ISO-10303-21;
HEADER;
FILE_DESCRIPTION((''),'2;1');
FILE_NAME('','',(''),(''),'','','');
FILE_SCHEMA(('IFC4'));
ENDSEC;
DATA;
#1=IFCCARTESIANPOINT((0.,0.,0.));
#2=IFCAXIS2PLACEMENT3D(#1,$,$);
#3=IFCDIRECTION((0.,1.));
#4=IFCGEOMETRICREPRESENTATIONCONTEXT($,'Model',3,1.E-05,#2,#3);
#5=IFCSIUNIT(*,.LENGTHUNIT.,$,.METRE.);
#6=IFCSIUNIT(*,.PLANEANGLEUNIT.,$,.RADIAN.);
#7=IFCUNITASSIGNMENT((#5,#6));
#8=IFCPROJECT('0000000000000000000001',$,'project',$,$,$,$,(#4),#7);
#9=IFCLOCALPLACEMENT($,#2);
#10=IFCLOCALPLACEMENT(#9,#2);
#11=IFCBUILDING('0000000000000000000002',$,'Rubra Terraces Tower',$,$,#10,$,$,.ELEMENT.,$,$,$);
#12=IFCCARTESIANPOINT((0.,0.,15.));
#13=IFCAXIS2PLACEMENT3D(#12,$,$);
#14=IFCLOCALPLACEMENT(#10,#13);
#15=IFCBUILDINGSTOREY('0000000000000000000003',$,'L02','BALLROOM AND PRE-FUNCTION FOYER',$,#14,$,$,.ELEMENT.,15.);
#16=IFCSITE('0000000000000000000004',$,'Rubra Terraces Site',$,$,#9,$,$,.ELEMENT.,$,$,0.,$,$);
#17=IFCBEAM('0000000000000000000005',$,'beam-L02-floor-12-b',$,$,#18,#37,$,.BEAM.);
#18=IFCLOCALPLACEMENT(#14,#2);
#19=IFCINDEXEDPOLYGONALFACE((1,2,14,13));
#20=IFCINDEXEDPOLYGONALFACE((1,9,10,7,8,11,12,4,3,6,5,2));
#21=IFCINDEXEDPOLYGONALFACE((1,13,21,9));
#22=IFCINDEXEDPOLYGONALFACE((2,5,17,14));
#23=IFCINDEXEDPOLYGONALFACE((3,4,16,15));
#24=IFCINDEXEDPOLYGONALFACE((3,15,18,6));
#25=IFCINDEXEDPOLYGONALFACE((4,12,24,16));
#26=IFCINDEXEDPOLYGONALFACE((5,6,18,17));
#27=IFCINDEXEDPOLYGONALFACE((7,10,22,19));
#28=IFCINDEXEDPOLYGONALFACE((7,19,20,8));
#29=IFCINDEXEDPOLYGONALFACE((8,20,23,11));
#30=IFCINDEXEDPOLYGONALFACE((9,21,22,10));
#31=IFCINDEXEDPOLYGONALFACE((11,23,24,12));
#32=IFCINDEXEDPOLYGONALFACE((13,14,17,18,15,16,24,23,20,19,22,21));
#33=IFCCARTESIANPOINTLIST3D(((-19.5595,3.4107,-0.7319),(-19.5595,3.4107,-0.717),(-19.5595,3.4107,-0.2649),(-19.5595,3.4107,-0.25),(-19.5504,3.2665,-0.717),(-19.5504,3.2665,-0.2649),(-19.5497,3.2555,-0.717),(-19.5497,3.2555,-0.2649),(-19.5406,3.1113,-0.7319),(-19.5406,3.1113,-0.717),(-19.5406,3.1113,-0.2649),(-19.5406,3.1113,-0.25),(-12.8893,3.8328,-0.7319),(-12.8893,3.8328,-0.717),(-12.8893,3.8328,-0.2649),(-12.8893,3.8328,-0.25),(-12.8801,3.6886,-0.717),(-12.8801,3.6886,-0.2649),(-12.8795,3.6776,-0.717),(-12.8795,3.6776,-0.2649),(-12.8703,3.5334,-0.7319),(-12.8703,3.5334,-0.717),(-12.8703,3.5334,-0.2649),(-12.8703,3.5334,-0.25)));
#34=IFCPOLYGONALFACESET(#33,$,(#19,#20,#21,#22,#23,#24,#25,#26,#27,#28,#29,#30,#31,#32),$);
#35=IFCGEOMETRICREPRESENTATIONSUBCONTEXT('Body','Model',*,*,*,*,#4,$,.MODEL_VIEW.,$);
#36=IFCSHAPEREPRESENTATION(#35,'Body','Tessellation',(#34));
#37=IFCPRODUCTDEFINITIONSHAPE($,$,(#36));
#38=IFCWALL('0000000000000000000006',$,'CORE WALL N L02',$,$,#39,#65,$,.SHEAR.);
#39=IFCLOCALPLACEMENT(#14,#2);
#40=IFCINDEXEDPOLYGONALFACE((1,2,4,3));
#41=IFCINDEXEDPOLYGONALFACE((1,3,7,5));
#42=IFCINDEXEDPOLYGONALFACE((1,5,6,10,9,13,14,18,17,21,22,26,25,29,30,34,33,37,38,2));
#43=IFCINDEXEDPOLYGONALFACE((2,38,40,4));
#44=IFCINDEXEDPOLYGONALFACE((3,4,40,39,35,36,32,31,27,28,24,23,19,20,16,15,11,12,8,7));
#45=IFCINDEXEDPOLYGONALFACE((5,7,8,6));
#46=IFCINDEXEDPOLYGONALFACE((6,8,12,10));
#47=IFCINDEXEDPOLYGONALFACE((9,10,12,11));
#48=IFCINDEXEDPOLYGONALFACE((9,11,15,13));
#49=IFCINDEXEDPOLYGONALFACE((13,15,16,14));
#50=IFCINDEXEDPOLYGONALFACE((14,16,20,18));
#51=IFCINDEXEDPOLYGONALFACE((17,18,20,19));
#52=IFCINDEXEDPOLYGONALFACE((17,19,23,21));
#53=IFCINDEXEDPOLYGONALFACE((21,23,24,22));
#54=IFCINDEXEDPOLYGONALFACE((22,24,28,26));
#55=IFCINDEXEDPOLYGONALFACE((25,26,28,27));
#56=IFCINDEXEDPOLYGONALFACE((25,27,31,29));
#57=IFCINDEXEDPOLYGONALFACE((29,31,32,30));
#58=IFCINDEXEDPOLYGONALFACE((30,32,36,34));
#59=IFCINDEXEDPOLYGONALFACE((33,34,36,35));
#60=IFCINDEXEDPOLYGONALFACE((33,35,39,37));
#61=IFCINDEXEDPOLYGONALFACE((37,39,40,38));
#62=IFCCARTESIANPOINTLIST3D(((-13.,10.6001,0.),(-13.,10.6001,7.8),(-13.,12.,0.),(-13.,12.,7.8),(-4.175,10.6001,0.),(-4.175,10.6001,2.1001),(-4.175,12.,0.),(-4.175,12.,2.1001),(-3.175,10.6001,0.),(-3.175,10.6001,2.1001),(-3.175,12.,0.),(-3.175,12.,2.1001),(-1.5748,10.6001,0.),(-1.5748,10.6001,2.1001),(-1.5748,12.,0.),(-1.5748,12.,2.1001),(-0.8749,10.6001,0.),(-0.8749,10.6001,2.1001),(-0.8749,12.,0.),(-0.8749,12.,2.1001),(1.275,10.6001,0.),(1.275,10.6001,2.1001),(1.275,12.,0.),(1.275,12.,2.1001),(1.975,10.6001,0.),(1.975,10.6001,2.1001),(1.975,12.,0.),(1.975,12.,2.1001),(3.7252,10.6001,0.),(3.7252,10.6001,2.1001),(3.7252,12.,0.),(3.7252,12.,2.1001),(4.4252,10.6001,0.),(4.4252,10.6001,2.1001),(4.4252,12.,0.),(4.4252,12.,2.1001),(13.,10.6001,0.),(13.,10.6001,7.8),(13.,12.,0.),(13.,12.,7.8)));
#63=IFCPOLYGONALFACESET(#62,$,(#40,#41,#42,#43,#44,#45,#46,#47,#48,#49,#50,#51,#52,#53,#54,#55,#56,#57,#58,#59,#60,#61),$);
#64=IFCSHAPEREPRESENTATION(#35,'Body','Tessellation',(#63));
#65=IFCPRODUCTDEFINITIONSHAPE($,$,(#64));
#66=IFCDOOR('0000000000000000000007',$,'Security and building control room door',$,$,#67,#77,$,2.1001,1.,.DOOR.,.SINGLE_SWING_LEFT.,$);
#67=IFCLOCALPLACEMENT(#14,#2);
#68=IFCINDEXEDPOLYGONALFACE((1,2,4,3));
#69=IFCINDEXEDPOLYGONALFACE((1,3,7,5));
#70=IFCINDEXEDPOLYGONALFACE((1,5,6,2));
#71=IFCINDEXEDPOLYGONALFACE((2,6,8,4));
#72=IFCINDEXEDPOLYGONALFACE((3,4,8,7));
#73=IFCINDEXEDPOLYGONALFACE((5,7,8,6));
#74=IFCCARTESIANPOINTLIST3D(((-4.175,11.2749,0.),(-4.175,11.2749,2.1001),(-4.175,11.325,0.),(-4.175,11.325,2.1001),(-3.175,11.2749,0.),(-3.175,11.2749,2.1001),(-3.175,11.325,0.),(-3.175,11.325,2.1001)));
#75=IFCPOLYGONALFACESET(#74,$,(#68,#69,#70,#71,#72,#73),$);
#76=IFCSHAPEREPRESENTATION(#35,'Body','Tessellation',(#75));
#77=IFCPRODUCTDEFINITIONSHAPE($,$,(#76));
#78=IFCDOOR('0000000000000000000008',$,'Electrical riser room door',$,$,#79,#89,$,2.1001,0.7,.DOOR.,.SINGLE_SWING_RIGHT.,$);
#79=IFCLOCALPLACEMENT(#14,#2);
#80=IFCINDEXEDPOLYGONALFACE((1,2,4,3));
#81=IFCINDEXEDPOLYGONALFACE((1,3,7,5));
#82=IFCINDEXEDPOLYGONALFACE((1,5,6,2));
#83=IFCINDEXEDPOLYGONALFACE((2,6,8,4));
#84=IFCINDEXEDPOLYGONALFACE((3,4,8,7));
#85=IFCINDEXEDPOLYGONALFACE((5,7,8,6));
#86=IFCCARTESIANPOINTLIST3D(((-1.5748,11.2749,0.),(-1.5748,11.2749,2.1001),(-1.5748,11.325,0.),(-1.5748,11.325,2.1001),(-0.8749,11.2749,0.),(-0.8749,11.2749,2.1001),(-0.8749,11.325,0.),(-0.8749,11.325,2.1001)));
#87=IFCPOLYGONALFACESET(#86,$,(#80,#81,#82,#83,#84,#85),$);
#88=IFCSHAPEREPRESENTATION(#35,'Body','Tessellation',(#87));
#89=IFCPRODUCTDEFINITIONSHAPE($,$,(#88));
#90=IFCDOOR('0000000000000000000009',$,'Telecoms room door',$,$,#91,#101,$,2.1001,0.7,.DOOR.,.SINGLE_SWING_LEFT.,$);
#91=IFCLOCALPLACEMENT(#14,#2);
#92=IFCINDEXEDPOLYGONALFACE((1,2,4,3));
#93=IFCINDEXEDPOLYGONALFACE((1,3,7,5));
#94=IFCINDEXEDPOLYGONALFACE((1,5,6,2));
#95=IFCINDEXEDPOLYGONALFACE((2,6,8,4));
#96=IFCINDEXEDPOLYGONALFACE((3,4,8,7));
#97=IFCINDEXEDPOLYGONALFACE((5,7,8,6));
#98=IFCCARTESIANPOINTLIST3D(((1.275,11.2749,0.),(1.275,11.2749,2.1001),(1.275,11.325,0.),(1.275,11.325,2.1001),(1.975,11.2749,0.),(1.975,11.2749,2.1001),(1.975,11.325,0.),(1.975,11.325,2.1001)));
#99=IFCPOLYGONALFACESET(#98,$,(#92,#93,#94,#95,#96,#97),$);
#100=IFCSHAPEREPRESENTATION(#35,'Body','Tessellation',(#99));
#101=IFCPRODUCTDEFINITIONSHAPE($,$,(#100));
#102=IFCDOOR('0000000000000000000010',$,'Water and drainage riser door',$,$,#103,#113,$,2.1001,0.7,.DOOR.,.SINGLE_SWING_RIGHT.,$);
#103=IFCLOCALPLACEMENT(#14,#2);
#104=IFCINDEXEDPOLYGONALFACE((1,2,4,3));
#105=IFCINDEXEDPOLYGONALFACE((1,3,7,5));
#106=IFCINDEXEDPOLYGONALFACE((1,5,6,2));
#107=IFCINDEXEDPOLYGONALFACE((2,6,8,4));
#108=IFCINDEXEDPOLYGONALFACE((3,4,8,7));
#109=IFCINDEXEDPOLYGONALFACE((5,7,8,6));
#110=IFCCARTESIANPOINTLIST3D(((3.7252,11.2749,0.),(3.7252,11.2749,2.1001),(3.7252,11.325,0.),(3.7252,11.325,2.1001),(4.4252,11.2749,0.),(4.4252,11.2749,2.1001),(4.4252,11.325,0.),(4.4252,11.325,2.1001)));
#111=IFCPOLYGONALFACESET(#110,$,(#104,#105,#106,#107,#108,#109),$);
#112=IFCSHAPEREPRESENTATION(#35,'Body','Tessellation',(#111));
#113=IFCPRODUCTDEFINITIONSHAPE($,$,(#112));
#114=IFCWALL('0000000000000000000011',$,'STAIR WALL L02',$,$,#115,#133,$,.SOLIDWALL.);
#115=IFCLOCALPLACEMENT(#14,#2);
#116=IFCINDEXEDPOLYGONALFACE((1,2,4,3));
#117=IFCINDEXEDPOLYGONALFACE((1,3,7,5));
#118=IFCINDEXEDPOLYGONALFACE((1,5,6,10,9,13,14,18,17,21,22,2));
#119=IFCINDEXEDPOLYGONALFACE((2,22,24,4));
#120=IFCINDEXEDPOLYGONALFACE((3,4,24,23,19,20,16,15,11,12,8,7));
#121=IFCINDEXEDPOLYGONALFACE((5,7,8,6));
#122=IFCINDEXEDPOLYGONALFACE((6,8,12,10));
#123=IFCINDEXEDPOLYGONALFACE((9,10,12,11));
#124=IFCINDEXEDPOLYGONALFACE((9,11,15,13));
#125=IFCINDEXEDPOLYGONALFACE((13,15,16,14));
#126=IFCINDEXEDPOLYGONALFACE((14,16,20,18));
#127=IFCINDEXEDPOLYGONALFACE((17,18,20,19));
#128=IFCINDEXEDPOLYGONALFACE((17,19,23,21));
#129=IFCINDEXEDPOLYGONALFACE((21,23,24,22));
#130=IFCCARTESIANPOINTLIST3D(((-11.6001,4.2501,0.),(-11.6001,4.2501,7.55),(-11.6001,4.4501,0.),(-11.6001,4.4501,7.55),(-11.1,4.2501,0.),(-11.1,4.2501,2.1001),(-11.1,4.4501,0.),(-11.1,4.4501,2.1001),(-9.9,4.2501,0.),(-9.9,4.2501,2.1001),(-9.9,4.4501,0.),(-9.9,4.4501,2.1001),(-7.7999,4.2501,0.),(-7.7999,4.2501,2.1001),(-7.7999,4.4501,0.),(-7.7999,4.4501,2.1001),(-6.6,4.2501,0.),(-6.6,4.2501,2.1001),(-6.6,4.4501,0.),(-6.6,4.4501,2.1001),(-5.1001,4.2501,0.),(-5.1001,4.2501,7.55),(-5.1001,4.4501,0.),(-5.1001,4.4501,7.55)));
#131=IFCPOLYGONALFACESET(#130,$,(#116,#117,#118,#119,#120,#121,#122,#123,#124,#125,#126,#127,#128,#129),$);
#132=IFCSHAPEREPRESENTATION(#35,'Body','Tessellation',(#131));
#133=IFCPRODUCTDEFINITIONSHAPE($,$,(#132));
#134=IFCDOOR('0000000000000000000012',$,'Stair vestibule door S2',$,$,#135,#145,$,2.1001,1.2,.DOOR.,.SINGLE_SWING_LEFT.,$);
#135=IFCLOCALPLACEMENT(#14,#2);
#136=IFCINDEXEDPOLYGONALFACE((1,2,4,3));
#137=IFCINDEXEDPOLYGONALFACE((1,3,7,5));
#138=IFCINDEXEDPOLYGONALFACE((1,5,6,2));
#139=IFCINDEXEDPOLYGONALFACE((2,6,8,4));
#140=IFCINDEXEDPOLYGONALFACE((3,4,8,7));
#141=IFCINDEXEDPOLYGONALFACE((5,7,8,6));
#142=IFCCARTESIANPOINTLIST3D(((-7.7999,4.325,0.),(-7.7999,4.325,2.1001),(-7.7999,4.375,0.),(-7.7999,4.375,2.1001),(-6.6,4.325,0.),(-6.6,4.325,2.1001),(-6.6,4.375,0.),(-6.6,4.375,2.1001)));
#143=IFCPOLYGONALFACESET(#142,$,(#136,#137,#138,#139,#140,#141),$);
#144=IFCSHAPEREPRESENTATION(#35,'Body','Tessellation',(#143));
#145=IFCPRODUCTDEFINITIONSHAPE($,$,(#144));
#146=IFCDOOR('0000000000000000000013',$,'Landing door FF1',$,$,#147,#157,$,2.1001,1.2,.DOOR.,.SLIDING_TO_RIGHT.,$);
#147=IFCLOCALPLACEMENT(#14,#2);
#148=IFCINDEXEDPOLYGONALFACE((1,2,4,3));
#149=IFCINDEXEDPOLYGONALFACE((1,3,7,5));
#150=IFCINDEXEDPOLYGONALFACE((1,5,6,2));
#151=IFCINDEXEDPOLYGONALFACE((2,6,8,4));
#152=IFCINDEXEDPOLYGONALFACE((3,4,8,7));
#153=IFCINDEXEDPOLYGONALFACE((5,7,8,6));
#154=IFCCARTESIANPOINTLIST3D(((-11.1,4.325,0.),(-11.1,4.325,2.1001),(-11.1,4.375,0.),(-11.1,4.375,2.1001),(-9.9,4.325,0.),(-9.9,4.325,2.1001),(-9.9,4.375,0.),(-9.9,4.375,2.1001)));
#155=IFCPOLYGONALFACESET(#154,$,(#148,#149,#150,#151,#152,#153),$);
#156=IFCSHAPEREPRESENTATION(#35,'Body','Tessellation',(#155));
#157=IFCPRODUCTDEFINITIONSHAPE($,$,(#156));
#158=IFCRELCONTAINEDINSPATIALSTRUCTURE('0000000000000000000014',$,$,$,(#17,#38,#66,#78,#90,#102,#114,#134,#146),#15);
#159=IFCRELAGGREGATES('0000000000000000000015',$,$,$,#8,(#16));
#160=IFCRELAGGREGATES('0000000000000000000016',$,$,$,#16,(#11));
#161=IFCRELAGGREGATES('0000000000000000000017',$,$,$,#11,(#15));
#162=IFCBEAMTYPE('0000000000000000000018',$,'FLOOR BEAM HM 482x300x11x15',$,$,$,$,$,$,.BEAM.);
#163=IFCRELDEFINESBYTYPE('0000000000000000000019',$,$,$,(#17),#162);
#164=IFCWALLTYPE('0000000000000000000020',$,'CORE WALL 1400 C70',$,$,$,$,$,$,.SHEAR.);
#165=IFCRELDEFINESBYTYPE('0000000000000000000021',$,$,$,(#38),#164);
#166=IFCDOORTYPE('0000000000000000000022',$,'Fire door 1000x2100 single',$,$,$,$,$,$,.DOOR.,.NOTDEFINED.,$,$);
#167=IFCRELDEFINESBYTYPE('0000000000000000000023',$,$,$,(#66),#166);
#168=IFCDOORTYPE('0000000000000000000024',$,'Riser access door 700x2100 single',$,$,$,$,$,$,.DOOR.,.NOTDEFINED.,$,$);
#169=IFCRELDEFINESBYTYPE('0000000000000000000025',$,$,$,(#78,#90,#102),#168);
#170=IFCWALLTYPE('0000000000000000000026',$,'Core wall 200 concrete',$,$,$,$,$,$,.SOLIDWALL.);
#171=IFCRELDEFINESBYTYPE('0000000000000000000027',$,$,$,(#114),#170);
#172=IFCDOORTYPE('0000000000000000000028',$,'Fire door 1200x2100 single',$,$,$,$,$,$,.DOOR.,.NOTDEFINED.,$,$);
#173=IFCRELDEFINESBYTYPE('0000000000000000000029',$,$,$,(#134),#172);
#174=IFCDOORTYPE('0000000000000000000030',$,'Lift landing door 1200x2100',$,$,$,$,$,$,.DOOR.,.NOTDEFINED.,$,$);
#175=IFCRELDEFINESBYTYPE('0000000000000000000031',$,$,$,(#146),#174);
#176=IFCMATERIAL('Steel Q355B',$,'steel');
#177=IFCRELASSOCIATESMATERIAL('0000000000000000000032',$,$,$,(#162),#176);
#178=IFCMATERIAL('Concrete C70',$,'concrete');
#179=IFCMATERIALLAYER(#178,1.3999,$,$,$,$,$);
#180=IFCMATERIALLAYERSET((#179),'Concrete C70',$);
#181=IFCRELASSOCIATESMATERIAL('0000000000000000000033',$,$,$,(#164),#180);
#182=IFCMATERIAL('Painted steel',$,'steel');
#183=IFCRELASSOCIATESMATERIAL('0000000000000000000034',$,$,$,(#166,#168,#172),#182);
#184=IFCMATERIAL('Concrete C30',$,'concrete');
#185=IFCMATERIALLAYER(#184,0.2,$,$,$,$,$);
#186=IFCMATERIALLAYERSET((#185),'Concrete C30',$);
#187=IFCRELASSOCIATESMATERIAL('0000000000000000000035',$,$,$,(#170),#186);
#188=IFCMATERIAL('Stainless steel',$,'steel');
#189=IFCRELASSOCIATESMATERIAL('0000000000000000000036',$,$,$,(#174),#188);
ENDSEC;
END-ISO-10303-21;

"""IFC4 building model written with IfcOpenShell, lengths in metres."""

from ifc_helpers import new_model, si_unit, direction, frame, frame_2d, origin, origin_2d, place, context, subcontext, project, spatial, rectangle, i_section, extrude, material, layer, layer_set, material_profile, profile_set, type_object, element, fill, save


model = new_model("IFC4")

# Units and contexts
model_context = context("Model", 3, precision=1e-05, world=origin(), true_north=direction((0.0, 1.0)))
body_context = subcontext(model_context, "Body", "Model", "MODEL_VIEW")
ifc_project = project(units=[si_unit("LENGTHUNIT", "METRE"), si_unit("PLANEANGLEUNIT", "RADIAN")], contexts=[model_context])

# Site, building, storey
site_placement = place(None, origin())
site = spatial("IfcSite", under=ifc_project, at=site_placement, Name="Rubra Terraces Site", CompositionType="ELEMENT", RefElevation=0.0)
building_placement = place(site_placement, origin())
building = spatial("IfcBuilding", under=site, at=building_placement, Name="Rubra Terraces Tower", CompositionType="ELEMENT")
storey_placement = place(building_placement, frame((0.0, 0.0, 15.0)))
storey = spatial("IfcBuildingStorey", under=building, at=storey_placement, Name="L02", Description="BALLROOM AND PRE-FUNCTION FOYER", CompositionType="ELEMENT", Elevation=15.0)

# Beam
ifc_material_1 = material(Name="Steel Q355B", Category="steel")
ifc_material_profile = material_profile(ifc_material_1, i_section(OverallWidth=0.3, OverallDepth=0.4819, WebThickness=0.011, FlangeThickness=0.0149, at=origin_2d()), Name="HM 482x300x11x15")
ifc_profile_set = profile_set([ifc_material_profile], Name="Steel Q355B")
beam_type = type_object("IfcBeamType", Name="FLOOR BEAM HM 482x300x11x15", PredefinedType="BEAM", material=ifc_profile_set)
beam_placement = place(storey_placement, frame((-19.55, 3.261, -0.491), z_axis=(0.998004, 0.063158, 0.0), x_axis=(-0.063158, 0.998004, 0.0)))
element("IfcBeam", 1, at=beam_placement, inside=storey, type_object=beam_type, Name="beam-L02-floor-12-b", PredefinedType="BEAM", context=body_context, shape_type="SweptSolid", body=[
    extrude(i_section(OverallWidth=0.3, OverallDepth=0.4819, WebThickness=0.011, FlangeThickness=0.0149, at=origin_2d()), origin(), (0.0, 0.0, 1.0), 6.6836),
])

# Walls, openings, doors
ifc_material_2 = material(Name="Concrete C70", Category="concrete")
ifc_layer_1 = layer(ifc_material_2, 1.3999)
ifc_layer_set_1 = layer_set([ifc_layer_1], Name="Concrete C70")
wall_type_1 = type_object("IfcWallType", Name="CORE WALL 1400 C70", PredefinedType="SHEAR", material=ifc_layer_set_1)
wall_1_placement = place(storey_placement, frame((-13.0, 11.3, 0.0), z_axis=(0.0, 0.0, 1.0), x_axis=(1.0, 0.0, 0.0)))
wall_1 = element("IfcWall", 2, at=wall_1_placement, inside=storey, type_object=wall_type_1, Name="CORE WALL N L02", PredefinedType="SHEAR", context=body_context, shape_type="SweptSolid", body=[
    extrude(rectangle(XDim=26.0, YDim=1.3999, at=frame_2d((13.0, 0.0))), origin(), (0.0, 0.0, 1.0), 7.8),
])
opening_1_placement = place(wall_1_placement, frame((8.825, 0.0, 0.0)))
opening_1 = element("IfcOpeningElement", 3, at=opening_1_placement, cuts=wall_1, PredefinedType="OPENING", context=body_context, shape_type="SweptSolid", body=[
    extrude(rectangle(XDim=1.0, YDim=2.1001, at=frame_2d((0.5, 1.05))), frame((0.0, 0.71, 0.0), z_axis=(0.0, -1.0, 0.0), x_axis=(1.0, 0.0, 0.0)), (0.0, 0.0, 1.0), 1.4199),
])
opening_2_placement = place(wall_1_placement, frame((11.425, 0.0, 0.0)))
opening_2 = element("IfcOpeningElement", 4, at=opening_2_placement, cuts=wall_1, PredefinedType="OPENING", context=body_context, shape_type="SweptSolid", body=[
    extrude(rectangle(XDim=0.7, YDim=2.1001, at=frame_2d((0.3501, 1.05))), frame((0.0, 0.71, 0.0), z_axis=(0.0, -1.0, 0.0), x_axis=(1.0, 0.0, 0.0)), (0.0, 0.0, 1.0), 1.4199),
])
opening_3_placement = place(wall_1_placement, frame((14.2749, 0.0, 0.0)))
opening_3 = element("IfcOpeningElement", 5, at=opening_3_placement, cuts=wall_1, PredefinedType="OPENING", context=body_context, shape_type="SweptSolid", body=[
    extrude(rectangle(XDim=0.7, YDim=2.1001, at=frame_2d((0.3501, 1.05))), frame((0.0, 0.71, 0.0), z_axis=(0.0, -1.0, 0.0), x_axis=(1.0, 0.0, 0.0)), (0.0, 0.0, 1.0), 1.4199),
])
opening_4_placement = place(wall_1_placement, frame((16.7251, 0.0, 0.0)))
opening_4 = element("IfcOpeningElement", 6, at=opening_4_placement, cuts=wall_1, PredefinedType="OPENING", context=body_context, shape_type="SweptSolid", body=[
    extrude(rectangle(XDim=0.7, YDim=2.1001, at=frame_2d((0.3501, 1.05))), frame((0.0, 0.71, 0.0), z_axis=(0.0, -1.0, 0.0), x_axis=(1.0, 0.0, 0.0)), (0.0, 0.0, 1.0), 1.4199),
])
ifc_material_3 = material(Name="Painted steel", Category="steel")
door_type_1 = type_object("IfcDoorType", Name="Fire door 1000x2100 single", OperationType="NOTDEFINED", PredefinedType="DOOR", material=ifc_material_3)
door_1_placement = place(opening_1_placement, origin())
door_1 = element("IfcDoor", 7, at=door_1_placement, inside=storey, type_object=door_type_1, Name="Security and building control room door", OperationType="SINGLE_SWING_LEFT", OverallHeight=2.1001, OverallWidth=1.0, PredefinedType="DOOR", context=body_context, shape_type="SweptSolid", body=[
    extrude(rectangle(XDim=1.0, YDim=2.1001, at=frame_2d((0.5, 1.05))), frame((0.0, 0.0249, 0.0), z_axis=(0.0, -1.0, 0.0), x_axis=(1.0, 0.0, 0.0)), (0.0, 0.0, 1.0), 0.05),
])
fill(opening_1, door_1)
door_type_2 = type_object("IfcDoorType", Name="Riser access door 700x2100 single", OperationType="NOTDEFINED", PredefinedType="DOOR", material=ifc_material_3)
door_2_placement = place(opening_2_placement, origin())
door_2 = element("IfcDoor", 8, at=door_2_placement, inside=storey, type_object=door_type_2, Name="Electrical riser room door", OperationType="SINGLE_SWING_RIGHT", OverallHeight=2.1001, OverallWidth=0.7, PredefinedType="DOOR", context=body_context, shape_type="SweptSolid", body=[
    extrude(rectangle(XDim=0.7, YDim=2.1001, at=frame_2d((0.3501, 1.05))), frame((0.0, 0.0249, 0.0), z_axis=(0.0, -1.0, 0.0), x_axis=(1.0, 0.0, 0.0)), (0.0, 0.0, 1.0), 0.05),
])
fill(opening_2, door_2)
door_3_placement = place(opening_3_placement, origin())
door_3 = element("IfcDoor", 9, at=door_3_placement, inside=storey, type_object=door_type_2, Name="Telecoms room door", OperationType="SINGLE_SWING_LEFT", OverallHeight=2.1001, OverallWidth=0.7, PredefinedType="DOOR", context=body_context, shape_type="SweptSolid", body=[
    extrude(rectangle(XDim=0.7, YDim=2.1001, at=frame_2d((0.3501, 1.05))), frame((0.0, 0.0249, 0.0), z_axis=(0.0, -1.0, 0.0), x_axis=(1.0, 0.0, 0.0)), (0.0, 0.0, 1.0), 0.05),
])
fill(opening_3, door_3)
door_4_placement = place(opening_4_placement, origin())
door_4 = element("IfcDoor", 10, at=door_4_placement, inside=storey, type_object=door_type_2, Name="Water and drainage riser door", OperationType="SINGLE_SWING_RIGHT", OverallHeight=2.1001, OverallWidth=0.7, PredefinedType="DOOR", context=body_context, shape_type="SweptSolid", body=[
    extrude(rectangle(XDim=0.7, YDim=2.1001, at=frame_2d((0.3501, 1.05))), frame((0.0, 0.0249, 0.0), z_axis=(0.0, -1.0, 0.0), x_axis=(1.0, 0.0, 0.0)), (0.0, 0.0, 1.0), 0.05),
])
fill(opening_4, door_4)
ifc_material_4 = material(Name="Concrete C30", Category="concrete")
ifc_layer_2 = layer(ifc_material_4, 0.2)
ifc_layer_set_2 = layer_set([ifc_layer_2], Name="Concrete C30")
wall_type_2 = type_object("IfcWallType", Name="Core wall 200 concrete", PredefinedType="SOLIDWALL", material=ifc_layer_set_2)
wall_2_placement = place(storey_placement, frame((-11.6001, 4.3501, 0.0), z_axis=(0.0, 0.0, 1.0), x_axis=(1.0, 0.0, 0.0)))
wall_2 = element("IfcWall", 11, at=wall_2_placement, inside=storey, type_object=wall_type_2, Name="STAIR WALL L02", PredefinedType="SOLIDWALL", context=body_context, shape_type="SweptSolid", body=[
    extrude(rectangle(XDim=6.5, YDim=0.2, at=frame_2d((3.25, 0.0))), origin(), (0.0, 0.0, 1.0), 7.55),
])
opening_5_placement = place(wall_2_placement, frame((3.8, 0.0, 0.0)))
opening_5 = element("IfcOpeningElement", 12, at=opening_5_placement, cuts=wall_2, PredefinedType="OPENING", context=body_context, shape_type="SweptSolid", body=[
    extrude(rectangle(XDim=1.2, YDim=2.1001, at=frame_2d((0.6001, 1.05))), frame((0.0, 0.1099, 0.0), z_axis=(0.0, -1.0, 0.0), x_axis=(1.0, 0.0, 0.0)), (0.0, 0.0, 1.0), 0.22),
])
opening_6_placement = place(wall_2_placement, frame((0.5, 0.0, 0.0)))
opening_6 = element("IfcOpeningElement", 13, at=opening_6_placement, cuts=wall_2, PredefinedType="OPENING", context=body_context, shape_type="SweptSolid", body=[
    extrude(rectangle(XDim=1.2, YDim=2.1001, at=frame_2d((0.6001, 1.05))), frame((0.0, 0.1099, 0.0), z_axis=(0.0, -1.0, 0.0), x_axis=(1.0, 0.0, 0.0)), (0.0, 0.0, 1.0), 0.22),
])
door_type_3 = type_object("IfcDoorType", Name="Fire door 1200x2100 single", OperationType="NOTDEFINED", PredefinedType="DOOR", material=ifc_material_3)
door_5_placement = place(opening_5_placement, origin())
door_5 = element("IfcDoor", 14, at=door_5_placement, inside=storey, type_object=door_type_3, Name="Stair vestibule door S2", OperationType="SINGLE_SWING_LEFT", OverallHeight=2.1001, OverallWidth=1.2, PredefinedType="DOOR", context=body_context, shape_type="SweptSolid", body=[
    extrude(rectangle(XDim=1.2, YDim=2.1001, at=frame_2d((0.6001, 1.05))), frame((0.0, 0.0249, 0.0), z_axis=(0.0, -1.0, 0.0), x_axis=(1.0, 0.0, 0.0)), (0.0, 0.0, 1.0), 0.05),
])
fill(opening_5, door_5)
ifc_material_5 = material(Name="Stainless steel", Category="steel")
door_type_4 = type_object("IfcDoorType", Name="Lift landing door 1200x2100", OperationType="NOTDEFINED", PredefinedType="DOOR", material=ifc_material_5)
door_6_placement = place(opening_6_placement, origin())
door_6 = element("IfcDoor", 15, at=door_6_placement, inside=storey, type_object=door_type_4, Name="Landing door FF1", OperationType="SLIDING_TO_RIGHT", OverallHeight=2.1001, OverallWidth=1.2, PredefinedType="DOOR", context=body_context, shape_type="SweptSolid", body=[
    extrude(rectangle(XDim=1.2, YDim=2.1001, at=frame_2d((0.6001, 1.05))), frame((0.0, 0.0249, 0.0), z_axis=(0.0, -1.0, 0.0), x_axis=(1.0, 0.0, 0.0)), (0.0, 0.0, 1.0), 0.05),
])
fill(opening_6, door_6)

save(model, "model.ifc")
